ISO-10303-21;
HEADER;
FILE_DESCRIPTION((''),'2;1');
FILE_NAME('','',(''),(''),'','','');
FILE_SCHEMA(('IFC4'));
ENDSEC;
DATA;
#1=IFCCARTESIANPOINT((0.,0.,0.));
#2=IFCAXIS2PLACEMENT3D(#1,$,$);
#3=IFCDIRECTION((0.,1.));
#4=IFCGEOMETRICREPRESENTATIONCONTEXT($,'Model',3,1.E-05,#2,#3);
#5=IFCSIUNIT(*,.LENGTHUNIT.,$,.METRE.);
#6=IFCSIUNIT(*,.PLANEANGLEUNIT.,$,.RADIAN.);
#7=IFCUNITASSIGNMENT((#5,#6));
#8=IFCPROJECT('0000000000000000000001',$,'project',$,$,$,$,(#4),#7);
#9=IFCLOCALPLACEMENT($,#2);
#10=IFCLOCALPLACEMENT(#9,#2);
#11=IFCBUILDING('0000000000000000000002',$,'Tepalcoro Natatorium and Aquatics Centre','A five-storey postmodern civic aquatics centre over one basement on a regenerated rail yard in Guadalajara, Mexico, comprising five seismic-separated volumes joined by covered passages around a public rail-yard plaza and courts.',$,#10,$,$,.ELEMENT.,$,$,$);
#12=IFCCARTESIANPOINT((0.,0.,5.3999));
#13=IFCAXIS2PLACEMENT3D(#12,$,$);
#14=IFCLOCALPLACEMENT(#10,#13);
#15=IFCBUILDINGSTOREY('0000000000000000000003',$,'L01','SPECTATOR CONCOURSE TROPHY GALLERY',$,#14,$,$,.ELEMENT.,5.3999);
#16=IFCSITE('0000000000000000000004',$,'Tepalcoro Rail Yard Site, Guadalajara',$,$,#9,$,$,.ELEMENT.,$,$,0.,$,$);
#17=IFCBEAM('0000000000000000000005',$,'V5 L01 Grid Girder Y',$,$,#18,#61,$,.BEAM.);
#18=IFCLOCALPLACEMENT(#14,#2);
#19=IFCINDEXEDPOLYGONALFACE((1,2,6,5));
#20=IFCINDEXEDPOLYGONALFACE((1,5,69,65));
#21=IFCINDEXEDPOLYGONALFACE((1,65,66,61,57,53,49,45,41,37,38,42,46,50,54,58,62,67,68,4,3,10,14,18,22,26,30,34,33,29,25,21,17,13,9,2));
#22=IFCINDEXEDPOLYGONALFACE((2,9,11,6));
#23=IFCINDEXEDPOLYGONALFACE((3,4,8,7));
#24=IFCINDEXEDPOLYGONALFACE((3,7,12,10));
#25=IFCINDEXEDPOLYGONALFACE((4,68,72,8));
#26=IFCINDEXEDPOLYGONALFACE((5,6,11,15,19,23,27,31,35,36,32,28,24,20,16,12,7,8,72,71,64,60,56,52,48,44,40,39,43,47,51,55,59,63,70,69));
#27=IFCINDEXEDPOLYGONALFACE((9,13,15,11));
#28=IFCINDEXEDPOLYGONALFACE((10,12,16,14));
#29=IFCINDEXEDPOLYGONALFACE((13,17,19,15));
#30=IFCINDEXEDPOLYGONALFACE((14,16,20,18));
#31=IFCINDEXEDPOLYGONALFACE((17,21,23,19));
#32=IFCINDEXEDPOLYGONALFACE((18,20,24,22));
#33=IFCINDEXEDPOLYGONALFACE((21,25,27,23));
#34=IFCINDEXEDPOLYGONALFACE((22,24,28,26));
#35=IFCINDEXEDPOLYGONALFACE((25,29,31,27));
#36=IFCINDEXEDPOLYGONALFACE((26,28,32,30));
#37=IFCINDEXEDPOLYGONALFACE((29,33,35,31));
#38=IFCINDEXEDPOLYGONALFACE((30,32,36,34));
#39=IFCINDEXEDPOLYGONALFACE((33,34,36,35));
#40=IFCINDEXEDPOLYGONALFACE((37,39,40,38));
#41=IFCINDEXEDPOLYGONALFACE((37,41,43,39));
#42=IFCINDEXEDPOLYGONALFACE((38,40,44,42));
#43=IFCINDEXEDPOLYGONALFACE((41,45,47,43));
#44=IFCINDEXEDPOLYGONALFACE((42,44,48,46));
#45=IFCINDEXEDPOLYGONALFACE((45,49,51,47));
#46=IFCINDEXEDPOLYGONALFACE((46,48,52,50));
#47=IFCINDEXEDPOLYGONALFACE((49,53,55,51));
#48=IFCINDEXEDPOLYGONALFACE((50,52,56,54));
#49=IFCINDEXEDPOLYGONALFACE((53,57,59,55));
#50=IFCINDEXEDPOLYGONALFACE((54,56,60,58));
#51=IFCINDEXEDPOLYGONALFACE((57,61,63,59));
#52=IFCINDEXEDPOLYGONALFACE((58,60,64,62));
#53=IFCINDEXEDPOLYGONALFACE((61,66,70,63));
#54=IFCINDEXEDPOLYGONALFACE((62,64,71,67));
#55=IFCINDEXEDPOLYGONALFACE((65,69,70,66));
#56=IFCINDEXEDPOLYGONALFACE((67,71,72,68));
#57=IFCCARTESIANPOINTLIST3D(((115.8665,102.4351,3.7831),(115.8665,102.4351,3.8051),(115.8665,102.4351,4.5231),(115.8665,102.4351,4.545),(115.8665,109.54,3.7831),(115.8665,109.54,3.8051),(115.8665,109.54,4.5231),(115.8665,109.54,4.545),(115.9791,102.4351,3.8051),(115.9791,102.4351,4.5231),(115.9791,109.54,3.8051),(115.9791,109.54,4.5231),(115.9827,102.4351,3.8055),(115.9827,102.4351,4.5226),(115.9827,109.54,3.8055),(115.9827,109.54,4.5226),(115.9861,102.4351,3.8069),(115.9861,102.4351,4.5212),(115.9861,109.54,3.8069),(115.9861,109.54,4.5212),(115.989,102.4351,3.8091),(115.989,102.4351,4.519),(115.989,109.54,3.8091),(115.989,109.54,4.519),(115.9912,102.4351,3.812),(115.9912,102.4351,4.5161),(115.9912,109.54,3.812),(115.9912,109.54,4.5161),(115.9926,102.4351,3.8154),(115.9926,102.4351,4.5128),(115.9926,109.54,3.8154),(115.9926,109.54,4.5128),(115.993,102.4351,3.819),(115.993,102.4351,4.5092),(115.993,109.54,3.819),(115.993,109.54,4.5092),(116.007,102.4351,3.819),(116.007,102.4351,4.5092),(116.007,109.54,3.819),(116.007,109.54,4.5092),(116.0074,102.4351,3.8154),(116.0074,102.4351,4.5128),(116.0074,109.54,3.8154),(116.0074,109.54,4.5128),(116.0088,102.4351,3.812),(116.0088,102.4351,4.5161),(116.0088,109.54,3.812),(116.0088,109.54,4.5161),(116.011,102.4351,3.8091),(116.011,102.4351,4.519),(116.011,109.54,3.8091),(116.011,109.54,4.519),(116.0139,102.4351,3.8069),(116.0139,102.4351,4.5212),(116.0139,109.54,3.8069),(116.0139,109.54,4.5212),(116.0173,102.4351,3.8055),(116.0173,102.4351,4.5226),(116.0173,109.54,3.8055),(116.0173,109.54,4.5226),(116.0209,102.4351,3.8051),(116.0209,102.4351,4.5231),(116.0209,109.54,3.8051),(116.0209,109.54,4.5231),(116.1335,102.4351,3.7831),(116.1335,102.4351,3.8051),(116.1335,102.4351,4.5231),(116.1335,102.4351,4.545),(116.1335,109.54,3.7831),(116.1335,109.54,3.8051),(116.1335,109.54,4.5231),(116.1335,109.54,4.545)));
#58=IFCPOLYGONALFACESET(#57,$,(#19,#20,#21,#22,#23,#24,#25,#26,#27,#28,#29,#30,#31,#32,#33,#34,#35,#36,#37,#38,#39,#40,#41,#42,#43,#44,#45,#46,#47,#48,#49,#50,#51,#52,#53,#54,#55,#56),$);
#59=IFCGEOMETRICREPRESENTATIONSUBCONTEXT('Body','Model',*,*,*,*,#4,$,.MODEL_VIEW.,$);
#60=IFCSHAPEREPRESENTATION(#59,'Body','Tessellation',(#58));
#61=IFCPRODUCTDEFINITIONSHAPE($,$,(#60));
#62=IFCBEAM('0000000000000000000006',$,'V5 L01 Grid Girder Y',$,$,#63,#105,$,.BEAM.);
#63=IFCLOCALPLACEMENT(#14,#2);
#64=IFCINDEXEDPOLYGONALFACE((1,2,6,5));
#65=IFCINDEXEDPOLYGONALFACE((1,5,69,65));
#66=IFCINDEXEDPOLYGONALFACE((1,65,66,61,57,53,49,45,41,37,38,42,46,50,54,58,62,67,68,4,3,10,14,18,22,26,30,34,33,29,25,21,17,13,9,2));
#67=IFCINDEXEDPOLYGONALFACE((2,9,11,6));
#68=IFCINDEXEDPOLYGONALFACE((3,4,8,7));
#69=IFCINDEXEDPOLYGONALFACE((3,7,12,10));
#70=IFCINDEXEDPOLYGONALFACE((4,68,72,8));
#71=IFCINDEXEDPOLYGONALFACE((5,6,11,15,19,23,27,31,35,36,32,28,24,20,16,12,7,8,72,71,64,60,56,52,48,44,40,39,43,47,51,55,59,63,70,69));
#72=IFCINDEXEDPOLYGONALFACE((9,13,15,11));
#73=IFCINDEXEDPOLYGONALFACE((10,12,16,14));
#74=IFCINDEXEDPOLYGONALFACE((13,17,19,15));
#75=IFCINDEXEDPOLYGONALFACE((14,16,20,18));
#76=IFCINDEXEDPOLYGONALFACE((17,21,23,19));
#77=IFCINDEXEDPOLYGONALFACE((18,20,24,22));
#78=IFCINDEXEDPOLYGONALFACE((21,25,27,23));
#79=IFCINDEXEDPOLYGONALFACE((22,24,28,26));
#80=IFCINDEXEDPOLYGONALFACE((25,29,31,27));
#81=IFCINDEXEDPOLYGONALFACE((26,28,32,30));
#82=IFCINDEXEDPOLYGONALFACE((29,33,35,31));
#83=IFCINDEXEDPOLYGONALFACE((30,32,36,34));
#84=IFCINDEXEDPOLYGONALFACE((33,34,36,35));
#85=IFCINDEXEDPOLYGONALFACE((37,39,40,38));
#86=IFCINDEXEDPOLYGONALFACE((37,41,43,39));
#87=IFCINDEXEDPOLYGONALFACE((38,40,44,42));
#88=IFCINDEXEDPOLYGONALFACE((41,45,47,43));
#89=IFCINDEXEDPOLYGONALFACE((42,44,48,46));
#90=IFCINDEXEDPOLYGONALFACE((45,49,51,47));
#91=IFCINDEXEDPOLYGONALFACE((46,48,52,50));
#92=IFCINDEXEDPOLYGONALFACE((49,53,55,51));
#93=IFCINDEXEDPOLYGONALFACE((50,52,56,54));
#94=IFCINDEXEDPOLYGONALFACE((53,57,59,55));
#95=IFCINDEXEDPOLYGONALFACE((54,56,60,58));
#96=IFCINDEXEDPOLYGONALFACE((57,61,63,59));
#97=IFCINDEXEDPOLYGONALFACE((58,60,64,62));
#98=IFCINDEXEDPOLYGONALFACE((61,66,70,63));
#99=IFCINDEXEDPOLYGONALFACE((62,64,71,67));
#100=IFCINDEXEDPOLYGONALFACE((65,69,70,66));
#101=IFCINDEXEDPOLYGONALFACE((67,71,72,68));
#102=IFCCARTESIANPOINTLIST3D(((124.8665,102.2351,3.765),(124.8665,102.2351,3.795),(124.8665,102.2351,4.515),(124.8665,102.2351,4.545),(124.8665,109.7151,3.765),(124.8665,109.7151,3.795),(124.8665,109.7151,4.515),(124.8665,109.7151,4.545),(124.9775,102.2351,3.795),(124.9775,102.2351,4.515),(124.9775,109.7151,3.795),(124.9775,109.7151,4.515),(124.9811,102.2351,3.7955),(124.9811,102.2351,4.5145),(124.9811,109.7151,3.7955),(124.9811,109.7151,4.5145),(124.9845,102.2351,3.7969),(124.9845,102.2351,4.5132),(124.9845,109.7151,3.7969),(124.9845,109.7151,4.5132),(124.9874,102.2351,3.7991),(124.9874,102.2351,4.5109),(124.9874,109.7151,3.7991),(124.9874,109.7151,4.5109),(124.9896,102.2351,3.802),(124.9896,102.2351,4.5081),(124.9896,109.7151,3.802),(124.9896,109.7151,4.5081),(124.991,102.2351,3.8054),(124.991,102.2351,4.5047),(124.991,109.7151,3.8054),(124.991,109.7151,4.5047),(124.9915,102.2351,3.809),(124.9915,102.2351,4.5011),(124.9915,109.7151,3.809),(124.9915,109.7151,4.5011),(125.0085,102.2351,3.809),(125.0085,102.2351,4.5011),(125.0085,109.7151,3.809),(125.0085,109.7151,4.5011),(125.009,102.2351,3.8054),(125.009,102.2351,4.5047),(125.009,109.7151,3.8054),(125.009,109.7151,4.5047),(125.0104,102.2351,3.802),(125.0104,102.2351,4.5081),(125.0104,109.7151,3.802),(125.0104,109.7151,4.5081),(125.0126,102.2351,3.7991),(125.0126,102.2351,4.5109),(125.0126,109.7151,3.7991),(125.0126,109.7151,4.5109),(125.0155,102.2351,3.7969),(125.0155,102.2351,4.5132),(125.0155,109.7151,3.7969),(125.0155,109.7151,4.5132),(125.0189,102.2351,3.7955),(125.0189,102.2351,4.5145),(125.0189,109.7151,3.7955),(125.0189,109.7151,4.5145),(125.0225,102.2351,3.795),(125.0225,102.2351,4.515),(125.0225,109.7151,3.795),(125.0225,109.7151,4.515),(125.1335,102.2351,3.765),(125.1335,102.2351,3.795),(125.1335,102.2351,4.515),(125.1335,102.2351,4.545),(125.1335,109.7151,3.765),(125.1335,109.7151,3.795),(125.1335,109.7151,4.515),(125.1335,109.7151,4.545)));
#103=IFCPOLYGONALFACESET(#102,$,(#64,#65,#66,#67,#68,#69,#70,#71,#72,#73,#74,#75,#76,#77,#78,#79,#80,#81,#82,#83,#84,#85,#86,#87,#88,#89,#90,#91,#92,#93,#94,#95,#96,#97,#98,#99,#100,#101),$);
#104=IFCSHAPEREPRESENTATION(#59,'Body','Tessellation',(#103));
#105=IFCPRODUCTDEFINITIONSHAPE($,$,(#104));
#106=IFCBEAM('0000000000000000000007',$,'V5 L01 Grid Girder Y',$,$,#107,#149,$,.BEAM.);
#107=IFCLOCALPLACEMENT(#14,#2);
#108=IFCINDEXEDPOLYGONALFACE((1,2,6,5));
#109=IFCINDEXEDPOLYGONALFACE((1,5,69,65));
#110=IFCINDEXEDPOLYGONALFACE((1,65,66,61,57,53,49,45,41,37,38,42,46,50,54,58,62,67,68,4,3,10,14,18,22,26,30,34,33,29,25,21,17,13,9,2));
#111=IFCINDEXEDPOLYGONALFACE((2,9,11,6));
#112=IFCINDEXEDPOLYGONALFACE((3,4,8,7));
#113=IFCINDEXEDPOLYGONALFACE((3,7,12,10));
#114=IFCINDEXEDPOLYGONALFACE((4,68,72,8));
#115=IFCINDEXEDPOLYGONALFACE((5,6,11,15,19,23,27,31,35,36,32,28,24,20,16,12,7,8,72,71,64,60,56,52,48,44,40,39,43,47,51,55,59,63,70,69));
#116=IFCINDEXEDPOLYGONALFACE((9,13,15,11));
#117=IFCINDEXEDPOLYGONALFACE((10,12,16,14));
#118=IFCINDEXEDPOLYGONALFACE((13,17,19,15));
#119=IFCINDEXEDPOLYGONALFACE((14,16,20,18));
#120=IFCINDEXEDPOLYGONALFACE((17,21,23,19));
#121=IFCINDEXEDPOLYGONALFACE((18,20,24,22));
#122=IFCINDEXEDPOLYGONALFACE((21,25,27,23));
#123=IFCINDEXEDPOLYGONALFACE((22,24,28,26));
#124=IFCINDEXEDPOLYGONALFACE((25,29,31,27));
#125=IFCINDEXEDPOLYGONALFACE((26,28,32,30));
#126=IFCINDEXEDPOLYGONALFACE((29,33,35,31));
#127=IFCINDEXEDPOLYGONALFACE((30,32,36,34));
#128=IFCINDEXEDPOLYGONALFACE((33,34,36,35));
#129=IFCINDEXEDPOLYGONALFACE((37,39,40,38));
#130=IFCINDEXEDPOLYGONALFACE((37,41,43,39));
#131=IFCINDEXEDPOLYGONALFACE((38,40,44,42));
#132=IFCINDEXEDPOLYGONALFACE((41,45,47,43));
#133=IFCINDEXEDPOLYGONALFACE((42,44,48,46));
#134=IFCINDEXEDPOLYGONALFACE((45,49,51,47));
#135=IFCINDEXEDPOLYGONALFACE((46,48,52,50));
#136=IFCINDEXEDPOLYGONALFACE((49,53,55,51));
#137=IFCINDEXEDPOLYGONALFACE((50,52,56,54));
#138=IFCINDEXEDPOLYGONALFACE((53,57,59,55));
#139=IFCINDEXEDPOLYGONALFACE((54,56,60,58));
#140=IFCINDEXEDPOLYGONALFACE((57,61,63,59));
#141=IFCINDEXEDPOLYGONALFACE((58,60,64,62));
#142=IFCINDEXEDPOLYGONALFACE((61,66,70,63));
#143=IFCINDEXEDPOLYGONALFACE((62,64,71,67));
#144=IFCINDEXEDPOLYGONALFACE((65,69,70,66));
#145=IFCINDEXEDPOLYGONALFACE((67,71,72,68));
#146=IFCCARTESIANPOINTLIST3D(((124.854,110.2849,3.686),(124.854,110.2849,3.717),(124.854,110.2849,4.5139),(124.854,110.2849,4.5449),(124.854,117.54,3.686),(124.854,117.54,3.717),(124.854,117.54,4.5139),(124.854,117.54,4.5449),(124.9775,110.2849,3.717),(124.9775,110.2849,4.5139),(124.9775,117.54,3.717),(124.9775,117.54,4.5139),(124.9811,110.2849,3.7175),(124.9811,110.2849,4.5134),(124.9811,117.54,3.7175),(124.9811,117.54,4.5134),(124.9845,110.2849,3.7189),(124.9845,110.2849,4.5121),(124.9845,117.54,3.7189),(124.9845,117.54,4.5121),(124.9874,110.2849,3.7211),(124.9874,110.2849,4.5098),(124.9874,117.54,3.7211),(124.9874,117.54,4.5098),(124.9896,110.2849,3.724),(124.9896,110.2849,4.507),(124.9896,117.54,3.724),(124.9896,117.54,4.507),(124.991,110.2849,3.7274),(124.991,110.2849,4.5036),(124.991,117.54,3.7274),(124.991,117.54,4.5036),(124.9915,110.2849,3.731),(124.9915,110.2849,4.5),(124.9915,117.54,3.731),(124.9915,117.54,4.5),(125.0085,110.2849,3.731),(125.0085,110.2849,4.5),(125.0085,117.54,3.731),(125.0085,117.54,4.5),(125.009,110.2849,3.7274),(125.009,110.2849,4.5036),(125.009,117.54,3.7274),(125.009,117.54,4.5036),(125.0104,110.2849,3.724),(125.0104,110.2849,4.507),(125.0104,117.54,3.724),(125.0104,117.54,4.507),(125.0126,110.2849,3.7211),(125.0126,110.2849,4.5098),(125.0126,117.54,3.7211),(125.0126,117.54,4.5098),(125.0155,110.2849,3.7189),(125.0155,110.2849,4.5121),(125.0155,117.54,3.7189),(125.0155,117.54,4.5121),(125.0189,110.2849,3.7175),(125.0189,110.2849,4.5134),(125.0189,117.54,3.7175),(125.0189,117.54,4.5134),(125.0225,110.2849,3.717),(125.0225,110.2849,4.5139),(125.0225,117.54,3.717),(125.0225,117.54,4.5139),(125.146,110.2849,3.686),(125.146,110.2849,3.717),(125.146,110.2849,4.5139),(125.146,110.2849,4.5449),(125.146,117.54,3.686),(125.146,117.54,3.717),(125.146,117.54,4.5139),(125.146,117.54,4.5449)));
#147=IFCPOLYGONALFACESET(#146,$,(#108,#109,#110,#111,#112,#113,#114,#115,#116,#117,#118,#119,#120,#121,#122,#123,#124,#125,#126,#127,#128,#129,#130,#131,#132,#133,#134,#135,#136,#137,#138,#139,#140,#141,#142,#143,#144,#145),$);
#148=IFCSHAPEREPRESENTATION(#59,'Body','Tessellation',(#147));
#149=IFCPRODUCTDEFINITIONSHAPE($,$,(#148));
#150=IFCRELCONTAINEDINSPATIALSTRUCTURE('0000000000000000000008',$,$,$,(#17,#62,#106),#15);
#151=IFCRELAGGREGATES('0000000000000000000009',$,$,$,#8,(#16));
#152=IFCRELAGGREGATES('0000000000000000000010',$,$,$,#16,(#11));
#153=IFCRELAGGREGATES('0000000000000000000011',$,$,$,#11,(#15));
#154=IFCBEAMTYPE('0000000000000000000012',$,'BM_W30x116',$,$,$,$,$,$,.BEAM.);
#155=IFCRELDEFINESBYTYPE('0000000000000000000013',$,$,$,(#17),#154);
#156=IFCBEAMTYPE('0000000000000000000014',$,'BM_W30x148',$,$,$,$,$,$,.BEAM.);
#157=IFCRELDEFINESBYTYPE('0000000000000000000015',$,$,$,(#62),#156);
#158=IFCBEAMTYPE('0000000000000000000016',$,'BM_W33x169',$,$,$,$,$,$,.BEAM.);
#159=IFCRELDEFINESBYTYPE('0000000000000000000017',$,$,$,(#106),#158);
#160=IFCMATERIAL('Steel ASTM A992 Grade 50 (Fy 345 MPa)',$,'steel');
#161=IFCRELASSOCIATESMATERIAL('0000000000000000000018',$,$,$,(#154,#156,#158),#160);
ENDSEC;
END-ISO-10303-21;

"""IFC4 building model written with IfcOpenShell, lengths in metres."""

from ifc_helpers import new_model, si_unit, direction, frame, origin, origin_2d, place, context, subcontext, project, spatial, i_section, extrude, material, material_profile, profile_set, type_object, element, save


model = new_model("IFC4")

# Units and contexts
model_context = context("Model", 3, precision=1e-05, world=origin(), true_north=direction((0.0, 1.0)))
body_context = subcontext(model_context, "Body", "Model", "MODEL_VIEW")
ifc_project = project(units=[si_unit("LENGTHUNIT", "METRE"), si_unit("PLANEANGLEUNIT", "RADIAN")], contexts=[model_context])

# Site, building, storey
site_placement = place(None, origin())
site = spatial("IfcSite", under=ifc_project, at=site_placement, Name="Tepalcoro Rail Yard Site, Guadalajara", CompositionType="ELEMENT", RefElevation=0.0)
building_placement = place(site_placement, origin())
building = spatial("IfcBuilding", under=site, at=building_placement, Name="Tepalcoro Natatorium and Aquatics Centre", Description="A five-storey postmodern civic aquatics centre over one basement on a regenerated rail yard in Guadalajara, Mexico, comprising five seismic-separated volumes joined by covered passages around a public rail-yard plaza and courts.", CompositionType="ELEMENT")
storey_placement = place(building_placement, frame((0.0, 0.0, 5.3999)))
storey = spatial("IfcBuildingStorey", under=building, at=storey_placement, Name="L01", Description="SPECTATOR CONCOURSE TROPHY GALLERY", CompositionType="ELEMENT", Elevation=5.3999)

# Beams
ifc_material_1 = material(Name="Steel ASTM A992 Grade 50 (Fy 345 MPa)", Category="steel")
ifc_material_profile_1 = material_profile(ifc_material_1, i_section(OverallWidth=0.2671, OverallDepth=0.762, WebThickness=0.0139, FlangeThickness=0.022, FilletRadius=0.0139, at=origin_2d()), Name="W30X116")
ifc_profile_set_1 = profile_set([ifc_material_profile_1], Name="Steel ASTM A992 Grade 50 (Fy 345 MPa)")
beam_type_1 = type_object("IfcBeamType", Name="BM_W30x116", PredefinedType="BEAM", material=ifc_profile_set_1)
beam_1_placement = place(storey_placement, frame((116.0, 102.4351, 4.1641), z_axis=(0.0, 1.0, 0.0), x_axis=(-1.0, 0.0, 0.0)))
element("IfcBeam", 1, at=beam_1_placement, inside=storey, type_object=beam_type_1, Name="V5 L01 Grid Girder Y", PredefinedType="BEAM", context=body_context, shape_type="SweptSolid", body=[
    extrude(i_section(OverallWidth=0.2671, OverallDepth=0.762, WebThickness=0.0139, FlangeThickness=0.022, FilletRadius=0.0139, at=origin_2d()), origin(), (0.0, 0.0, 1.0), 7.105),
])
ifc_material_profile_2 = material_profile(ifc_material_1, i_section(OverallWidth=0.2671, OverallDepth=0.78, WebThickness=0.0171, FlangeThickness=0.03, FilletRadius=0.0139, at=origin_2d()), Name="W30X148")
ifc_profile_set_2 = profile_set([ifc_material_profile_2], Name="Steel ASTM A992 Grade 50 (Fy 345 MPa)")
beam_type_2 = type_object("IfcBeamType", Name="BM_W30x148", PredefinedType="BEAM", material=ifc_profile_set_2)
beam_2_placement = place(storey_placement, frame((125.0, 102.2351, 4.155), z_axis=(0.0, 1.0, 0.0), x_axis=(-1.0, 0.0, 0.0)))
element("IfcBeam", 2, at=beam_2_placement, inside=storey, type_object=beam_type_2, Name="V5 L01 Grid Girder Y", PredefinedType="BEAM", context=body_context, shape_type="SweptSolid", body=[
    extrude(i_section(OverallWidth=0.2671, OverallDepth=0.78, WebThickness=0.0171, FlangeThickness=0.03, FilletRadius=0.0139, at=origin_2d()), origin(), (0.0, 0.0, 1.0), 7.48),
])
ifc_material_profile_3 = material_profile(ifc_material_1, i_section(OverallWidth=0.292, OverallDepth=0.8589, WebThickness=0.0171, FlangeThickness=0.031, FilletRadius=0.0139, at=origin_2d()), Name="W33X169")
ifc_profile_set_3 = profile_set([ifc_material_profile_3], Name="Steel ASTM A992 Grade 50 (Fy 345 MPa)")
beam_type_3 = type_object("IfcBeamType", Name="BM_W33x169", PredefinedType="BEAM", material=ifc_profile_set_3)
beam_3_placement = place(storey_placement, frame((125.0, 110.2849, 4.1155), z_axis=(0.0, 1.0, 0.0), x_axis=(-1.0, 0.0, 0.0)))
element("IfcBeam", 3, at=beam_3_placement, inside=storey, type_object=beam_type_3, Name="V5 L01 Grid Girder Y", PredefinedType="BEAM", context=body_context, shape_type="SweptSolid", body=[
    extrude(i_section(OverallWidth=0.292, OverallDepth=0.8589, WebThickness=0.0171, FlangeThickness=0.031, FilletRadius=0.0139, at=origin_2d()), origin(), (0.0, 0.0, 1.0), 7.2551),
])

save(model, "model.ifc")
